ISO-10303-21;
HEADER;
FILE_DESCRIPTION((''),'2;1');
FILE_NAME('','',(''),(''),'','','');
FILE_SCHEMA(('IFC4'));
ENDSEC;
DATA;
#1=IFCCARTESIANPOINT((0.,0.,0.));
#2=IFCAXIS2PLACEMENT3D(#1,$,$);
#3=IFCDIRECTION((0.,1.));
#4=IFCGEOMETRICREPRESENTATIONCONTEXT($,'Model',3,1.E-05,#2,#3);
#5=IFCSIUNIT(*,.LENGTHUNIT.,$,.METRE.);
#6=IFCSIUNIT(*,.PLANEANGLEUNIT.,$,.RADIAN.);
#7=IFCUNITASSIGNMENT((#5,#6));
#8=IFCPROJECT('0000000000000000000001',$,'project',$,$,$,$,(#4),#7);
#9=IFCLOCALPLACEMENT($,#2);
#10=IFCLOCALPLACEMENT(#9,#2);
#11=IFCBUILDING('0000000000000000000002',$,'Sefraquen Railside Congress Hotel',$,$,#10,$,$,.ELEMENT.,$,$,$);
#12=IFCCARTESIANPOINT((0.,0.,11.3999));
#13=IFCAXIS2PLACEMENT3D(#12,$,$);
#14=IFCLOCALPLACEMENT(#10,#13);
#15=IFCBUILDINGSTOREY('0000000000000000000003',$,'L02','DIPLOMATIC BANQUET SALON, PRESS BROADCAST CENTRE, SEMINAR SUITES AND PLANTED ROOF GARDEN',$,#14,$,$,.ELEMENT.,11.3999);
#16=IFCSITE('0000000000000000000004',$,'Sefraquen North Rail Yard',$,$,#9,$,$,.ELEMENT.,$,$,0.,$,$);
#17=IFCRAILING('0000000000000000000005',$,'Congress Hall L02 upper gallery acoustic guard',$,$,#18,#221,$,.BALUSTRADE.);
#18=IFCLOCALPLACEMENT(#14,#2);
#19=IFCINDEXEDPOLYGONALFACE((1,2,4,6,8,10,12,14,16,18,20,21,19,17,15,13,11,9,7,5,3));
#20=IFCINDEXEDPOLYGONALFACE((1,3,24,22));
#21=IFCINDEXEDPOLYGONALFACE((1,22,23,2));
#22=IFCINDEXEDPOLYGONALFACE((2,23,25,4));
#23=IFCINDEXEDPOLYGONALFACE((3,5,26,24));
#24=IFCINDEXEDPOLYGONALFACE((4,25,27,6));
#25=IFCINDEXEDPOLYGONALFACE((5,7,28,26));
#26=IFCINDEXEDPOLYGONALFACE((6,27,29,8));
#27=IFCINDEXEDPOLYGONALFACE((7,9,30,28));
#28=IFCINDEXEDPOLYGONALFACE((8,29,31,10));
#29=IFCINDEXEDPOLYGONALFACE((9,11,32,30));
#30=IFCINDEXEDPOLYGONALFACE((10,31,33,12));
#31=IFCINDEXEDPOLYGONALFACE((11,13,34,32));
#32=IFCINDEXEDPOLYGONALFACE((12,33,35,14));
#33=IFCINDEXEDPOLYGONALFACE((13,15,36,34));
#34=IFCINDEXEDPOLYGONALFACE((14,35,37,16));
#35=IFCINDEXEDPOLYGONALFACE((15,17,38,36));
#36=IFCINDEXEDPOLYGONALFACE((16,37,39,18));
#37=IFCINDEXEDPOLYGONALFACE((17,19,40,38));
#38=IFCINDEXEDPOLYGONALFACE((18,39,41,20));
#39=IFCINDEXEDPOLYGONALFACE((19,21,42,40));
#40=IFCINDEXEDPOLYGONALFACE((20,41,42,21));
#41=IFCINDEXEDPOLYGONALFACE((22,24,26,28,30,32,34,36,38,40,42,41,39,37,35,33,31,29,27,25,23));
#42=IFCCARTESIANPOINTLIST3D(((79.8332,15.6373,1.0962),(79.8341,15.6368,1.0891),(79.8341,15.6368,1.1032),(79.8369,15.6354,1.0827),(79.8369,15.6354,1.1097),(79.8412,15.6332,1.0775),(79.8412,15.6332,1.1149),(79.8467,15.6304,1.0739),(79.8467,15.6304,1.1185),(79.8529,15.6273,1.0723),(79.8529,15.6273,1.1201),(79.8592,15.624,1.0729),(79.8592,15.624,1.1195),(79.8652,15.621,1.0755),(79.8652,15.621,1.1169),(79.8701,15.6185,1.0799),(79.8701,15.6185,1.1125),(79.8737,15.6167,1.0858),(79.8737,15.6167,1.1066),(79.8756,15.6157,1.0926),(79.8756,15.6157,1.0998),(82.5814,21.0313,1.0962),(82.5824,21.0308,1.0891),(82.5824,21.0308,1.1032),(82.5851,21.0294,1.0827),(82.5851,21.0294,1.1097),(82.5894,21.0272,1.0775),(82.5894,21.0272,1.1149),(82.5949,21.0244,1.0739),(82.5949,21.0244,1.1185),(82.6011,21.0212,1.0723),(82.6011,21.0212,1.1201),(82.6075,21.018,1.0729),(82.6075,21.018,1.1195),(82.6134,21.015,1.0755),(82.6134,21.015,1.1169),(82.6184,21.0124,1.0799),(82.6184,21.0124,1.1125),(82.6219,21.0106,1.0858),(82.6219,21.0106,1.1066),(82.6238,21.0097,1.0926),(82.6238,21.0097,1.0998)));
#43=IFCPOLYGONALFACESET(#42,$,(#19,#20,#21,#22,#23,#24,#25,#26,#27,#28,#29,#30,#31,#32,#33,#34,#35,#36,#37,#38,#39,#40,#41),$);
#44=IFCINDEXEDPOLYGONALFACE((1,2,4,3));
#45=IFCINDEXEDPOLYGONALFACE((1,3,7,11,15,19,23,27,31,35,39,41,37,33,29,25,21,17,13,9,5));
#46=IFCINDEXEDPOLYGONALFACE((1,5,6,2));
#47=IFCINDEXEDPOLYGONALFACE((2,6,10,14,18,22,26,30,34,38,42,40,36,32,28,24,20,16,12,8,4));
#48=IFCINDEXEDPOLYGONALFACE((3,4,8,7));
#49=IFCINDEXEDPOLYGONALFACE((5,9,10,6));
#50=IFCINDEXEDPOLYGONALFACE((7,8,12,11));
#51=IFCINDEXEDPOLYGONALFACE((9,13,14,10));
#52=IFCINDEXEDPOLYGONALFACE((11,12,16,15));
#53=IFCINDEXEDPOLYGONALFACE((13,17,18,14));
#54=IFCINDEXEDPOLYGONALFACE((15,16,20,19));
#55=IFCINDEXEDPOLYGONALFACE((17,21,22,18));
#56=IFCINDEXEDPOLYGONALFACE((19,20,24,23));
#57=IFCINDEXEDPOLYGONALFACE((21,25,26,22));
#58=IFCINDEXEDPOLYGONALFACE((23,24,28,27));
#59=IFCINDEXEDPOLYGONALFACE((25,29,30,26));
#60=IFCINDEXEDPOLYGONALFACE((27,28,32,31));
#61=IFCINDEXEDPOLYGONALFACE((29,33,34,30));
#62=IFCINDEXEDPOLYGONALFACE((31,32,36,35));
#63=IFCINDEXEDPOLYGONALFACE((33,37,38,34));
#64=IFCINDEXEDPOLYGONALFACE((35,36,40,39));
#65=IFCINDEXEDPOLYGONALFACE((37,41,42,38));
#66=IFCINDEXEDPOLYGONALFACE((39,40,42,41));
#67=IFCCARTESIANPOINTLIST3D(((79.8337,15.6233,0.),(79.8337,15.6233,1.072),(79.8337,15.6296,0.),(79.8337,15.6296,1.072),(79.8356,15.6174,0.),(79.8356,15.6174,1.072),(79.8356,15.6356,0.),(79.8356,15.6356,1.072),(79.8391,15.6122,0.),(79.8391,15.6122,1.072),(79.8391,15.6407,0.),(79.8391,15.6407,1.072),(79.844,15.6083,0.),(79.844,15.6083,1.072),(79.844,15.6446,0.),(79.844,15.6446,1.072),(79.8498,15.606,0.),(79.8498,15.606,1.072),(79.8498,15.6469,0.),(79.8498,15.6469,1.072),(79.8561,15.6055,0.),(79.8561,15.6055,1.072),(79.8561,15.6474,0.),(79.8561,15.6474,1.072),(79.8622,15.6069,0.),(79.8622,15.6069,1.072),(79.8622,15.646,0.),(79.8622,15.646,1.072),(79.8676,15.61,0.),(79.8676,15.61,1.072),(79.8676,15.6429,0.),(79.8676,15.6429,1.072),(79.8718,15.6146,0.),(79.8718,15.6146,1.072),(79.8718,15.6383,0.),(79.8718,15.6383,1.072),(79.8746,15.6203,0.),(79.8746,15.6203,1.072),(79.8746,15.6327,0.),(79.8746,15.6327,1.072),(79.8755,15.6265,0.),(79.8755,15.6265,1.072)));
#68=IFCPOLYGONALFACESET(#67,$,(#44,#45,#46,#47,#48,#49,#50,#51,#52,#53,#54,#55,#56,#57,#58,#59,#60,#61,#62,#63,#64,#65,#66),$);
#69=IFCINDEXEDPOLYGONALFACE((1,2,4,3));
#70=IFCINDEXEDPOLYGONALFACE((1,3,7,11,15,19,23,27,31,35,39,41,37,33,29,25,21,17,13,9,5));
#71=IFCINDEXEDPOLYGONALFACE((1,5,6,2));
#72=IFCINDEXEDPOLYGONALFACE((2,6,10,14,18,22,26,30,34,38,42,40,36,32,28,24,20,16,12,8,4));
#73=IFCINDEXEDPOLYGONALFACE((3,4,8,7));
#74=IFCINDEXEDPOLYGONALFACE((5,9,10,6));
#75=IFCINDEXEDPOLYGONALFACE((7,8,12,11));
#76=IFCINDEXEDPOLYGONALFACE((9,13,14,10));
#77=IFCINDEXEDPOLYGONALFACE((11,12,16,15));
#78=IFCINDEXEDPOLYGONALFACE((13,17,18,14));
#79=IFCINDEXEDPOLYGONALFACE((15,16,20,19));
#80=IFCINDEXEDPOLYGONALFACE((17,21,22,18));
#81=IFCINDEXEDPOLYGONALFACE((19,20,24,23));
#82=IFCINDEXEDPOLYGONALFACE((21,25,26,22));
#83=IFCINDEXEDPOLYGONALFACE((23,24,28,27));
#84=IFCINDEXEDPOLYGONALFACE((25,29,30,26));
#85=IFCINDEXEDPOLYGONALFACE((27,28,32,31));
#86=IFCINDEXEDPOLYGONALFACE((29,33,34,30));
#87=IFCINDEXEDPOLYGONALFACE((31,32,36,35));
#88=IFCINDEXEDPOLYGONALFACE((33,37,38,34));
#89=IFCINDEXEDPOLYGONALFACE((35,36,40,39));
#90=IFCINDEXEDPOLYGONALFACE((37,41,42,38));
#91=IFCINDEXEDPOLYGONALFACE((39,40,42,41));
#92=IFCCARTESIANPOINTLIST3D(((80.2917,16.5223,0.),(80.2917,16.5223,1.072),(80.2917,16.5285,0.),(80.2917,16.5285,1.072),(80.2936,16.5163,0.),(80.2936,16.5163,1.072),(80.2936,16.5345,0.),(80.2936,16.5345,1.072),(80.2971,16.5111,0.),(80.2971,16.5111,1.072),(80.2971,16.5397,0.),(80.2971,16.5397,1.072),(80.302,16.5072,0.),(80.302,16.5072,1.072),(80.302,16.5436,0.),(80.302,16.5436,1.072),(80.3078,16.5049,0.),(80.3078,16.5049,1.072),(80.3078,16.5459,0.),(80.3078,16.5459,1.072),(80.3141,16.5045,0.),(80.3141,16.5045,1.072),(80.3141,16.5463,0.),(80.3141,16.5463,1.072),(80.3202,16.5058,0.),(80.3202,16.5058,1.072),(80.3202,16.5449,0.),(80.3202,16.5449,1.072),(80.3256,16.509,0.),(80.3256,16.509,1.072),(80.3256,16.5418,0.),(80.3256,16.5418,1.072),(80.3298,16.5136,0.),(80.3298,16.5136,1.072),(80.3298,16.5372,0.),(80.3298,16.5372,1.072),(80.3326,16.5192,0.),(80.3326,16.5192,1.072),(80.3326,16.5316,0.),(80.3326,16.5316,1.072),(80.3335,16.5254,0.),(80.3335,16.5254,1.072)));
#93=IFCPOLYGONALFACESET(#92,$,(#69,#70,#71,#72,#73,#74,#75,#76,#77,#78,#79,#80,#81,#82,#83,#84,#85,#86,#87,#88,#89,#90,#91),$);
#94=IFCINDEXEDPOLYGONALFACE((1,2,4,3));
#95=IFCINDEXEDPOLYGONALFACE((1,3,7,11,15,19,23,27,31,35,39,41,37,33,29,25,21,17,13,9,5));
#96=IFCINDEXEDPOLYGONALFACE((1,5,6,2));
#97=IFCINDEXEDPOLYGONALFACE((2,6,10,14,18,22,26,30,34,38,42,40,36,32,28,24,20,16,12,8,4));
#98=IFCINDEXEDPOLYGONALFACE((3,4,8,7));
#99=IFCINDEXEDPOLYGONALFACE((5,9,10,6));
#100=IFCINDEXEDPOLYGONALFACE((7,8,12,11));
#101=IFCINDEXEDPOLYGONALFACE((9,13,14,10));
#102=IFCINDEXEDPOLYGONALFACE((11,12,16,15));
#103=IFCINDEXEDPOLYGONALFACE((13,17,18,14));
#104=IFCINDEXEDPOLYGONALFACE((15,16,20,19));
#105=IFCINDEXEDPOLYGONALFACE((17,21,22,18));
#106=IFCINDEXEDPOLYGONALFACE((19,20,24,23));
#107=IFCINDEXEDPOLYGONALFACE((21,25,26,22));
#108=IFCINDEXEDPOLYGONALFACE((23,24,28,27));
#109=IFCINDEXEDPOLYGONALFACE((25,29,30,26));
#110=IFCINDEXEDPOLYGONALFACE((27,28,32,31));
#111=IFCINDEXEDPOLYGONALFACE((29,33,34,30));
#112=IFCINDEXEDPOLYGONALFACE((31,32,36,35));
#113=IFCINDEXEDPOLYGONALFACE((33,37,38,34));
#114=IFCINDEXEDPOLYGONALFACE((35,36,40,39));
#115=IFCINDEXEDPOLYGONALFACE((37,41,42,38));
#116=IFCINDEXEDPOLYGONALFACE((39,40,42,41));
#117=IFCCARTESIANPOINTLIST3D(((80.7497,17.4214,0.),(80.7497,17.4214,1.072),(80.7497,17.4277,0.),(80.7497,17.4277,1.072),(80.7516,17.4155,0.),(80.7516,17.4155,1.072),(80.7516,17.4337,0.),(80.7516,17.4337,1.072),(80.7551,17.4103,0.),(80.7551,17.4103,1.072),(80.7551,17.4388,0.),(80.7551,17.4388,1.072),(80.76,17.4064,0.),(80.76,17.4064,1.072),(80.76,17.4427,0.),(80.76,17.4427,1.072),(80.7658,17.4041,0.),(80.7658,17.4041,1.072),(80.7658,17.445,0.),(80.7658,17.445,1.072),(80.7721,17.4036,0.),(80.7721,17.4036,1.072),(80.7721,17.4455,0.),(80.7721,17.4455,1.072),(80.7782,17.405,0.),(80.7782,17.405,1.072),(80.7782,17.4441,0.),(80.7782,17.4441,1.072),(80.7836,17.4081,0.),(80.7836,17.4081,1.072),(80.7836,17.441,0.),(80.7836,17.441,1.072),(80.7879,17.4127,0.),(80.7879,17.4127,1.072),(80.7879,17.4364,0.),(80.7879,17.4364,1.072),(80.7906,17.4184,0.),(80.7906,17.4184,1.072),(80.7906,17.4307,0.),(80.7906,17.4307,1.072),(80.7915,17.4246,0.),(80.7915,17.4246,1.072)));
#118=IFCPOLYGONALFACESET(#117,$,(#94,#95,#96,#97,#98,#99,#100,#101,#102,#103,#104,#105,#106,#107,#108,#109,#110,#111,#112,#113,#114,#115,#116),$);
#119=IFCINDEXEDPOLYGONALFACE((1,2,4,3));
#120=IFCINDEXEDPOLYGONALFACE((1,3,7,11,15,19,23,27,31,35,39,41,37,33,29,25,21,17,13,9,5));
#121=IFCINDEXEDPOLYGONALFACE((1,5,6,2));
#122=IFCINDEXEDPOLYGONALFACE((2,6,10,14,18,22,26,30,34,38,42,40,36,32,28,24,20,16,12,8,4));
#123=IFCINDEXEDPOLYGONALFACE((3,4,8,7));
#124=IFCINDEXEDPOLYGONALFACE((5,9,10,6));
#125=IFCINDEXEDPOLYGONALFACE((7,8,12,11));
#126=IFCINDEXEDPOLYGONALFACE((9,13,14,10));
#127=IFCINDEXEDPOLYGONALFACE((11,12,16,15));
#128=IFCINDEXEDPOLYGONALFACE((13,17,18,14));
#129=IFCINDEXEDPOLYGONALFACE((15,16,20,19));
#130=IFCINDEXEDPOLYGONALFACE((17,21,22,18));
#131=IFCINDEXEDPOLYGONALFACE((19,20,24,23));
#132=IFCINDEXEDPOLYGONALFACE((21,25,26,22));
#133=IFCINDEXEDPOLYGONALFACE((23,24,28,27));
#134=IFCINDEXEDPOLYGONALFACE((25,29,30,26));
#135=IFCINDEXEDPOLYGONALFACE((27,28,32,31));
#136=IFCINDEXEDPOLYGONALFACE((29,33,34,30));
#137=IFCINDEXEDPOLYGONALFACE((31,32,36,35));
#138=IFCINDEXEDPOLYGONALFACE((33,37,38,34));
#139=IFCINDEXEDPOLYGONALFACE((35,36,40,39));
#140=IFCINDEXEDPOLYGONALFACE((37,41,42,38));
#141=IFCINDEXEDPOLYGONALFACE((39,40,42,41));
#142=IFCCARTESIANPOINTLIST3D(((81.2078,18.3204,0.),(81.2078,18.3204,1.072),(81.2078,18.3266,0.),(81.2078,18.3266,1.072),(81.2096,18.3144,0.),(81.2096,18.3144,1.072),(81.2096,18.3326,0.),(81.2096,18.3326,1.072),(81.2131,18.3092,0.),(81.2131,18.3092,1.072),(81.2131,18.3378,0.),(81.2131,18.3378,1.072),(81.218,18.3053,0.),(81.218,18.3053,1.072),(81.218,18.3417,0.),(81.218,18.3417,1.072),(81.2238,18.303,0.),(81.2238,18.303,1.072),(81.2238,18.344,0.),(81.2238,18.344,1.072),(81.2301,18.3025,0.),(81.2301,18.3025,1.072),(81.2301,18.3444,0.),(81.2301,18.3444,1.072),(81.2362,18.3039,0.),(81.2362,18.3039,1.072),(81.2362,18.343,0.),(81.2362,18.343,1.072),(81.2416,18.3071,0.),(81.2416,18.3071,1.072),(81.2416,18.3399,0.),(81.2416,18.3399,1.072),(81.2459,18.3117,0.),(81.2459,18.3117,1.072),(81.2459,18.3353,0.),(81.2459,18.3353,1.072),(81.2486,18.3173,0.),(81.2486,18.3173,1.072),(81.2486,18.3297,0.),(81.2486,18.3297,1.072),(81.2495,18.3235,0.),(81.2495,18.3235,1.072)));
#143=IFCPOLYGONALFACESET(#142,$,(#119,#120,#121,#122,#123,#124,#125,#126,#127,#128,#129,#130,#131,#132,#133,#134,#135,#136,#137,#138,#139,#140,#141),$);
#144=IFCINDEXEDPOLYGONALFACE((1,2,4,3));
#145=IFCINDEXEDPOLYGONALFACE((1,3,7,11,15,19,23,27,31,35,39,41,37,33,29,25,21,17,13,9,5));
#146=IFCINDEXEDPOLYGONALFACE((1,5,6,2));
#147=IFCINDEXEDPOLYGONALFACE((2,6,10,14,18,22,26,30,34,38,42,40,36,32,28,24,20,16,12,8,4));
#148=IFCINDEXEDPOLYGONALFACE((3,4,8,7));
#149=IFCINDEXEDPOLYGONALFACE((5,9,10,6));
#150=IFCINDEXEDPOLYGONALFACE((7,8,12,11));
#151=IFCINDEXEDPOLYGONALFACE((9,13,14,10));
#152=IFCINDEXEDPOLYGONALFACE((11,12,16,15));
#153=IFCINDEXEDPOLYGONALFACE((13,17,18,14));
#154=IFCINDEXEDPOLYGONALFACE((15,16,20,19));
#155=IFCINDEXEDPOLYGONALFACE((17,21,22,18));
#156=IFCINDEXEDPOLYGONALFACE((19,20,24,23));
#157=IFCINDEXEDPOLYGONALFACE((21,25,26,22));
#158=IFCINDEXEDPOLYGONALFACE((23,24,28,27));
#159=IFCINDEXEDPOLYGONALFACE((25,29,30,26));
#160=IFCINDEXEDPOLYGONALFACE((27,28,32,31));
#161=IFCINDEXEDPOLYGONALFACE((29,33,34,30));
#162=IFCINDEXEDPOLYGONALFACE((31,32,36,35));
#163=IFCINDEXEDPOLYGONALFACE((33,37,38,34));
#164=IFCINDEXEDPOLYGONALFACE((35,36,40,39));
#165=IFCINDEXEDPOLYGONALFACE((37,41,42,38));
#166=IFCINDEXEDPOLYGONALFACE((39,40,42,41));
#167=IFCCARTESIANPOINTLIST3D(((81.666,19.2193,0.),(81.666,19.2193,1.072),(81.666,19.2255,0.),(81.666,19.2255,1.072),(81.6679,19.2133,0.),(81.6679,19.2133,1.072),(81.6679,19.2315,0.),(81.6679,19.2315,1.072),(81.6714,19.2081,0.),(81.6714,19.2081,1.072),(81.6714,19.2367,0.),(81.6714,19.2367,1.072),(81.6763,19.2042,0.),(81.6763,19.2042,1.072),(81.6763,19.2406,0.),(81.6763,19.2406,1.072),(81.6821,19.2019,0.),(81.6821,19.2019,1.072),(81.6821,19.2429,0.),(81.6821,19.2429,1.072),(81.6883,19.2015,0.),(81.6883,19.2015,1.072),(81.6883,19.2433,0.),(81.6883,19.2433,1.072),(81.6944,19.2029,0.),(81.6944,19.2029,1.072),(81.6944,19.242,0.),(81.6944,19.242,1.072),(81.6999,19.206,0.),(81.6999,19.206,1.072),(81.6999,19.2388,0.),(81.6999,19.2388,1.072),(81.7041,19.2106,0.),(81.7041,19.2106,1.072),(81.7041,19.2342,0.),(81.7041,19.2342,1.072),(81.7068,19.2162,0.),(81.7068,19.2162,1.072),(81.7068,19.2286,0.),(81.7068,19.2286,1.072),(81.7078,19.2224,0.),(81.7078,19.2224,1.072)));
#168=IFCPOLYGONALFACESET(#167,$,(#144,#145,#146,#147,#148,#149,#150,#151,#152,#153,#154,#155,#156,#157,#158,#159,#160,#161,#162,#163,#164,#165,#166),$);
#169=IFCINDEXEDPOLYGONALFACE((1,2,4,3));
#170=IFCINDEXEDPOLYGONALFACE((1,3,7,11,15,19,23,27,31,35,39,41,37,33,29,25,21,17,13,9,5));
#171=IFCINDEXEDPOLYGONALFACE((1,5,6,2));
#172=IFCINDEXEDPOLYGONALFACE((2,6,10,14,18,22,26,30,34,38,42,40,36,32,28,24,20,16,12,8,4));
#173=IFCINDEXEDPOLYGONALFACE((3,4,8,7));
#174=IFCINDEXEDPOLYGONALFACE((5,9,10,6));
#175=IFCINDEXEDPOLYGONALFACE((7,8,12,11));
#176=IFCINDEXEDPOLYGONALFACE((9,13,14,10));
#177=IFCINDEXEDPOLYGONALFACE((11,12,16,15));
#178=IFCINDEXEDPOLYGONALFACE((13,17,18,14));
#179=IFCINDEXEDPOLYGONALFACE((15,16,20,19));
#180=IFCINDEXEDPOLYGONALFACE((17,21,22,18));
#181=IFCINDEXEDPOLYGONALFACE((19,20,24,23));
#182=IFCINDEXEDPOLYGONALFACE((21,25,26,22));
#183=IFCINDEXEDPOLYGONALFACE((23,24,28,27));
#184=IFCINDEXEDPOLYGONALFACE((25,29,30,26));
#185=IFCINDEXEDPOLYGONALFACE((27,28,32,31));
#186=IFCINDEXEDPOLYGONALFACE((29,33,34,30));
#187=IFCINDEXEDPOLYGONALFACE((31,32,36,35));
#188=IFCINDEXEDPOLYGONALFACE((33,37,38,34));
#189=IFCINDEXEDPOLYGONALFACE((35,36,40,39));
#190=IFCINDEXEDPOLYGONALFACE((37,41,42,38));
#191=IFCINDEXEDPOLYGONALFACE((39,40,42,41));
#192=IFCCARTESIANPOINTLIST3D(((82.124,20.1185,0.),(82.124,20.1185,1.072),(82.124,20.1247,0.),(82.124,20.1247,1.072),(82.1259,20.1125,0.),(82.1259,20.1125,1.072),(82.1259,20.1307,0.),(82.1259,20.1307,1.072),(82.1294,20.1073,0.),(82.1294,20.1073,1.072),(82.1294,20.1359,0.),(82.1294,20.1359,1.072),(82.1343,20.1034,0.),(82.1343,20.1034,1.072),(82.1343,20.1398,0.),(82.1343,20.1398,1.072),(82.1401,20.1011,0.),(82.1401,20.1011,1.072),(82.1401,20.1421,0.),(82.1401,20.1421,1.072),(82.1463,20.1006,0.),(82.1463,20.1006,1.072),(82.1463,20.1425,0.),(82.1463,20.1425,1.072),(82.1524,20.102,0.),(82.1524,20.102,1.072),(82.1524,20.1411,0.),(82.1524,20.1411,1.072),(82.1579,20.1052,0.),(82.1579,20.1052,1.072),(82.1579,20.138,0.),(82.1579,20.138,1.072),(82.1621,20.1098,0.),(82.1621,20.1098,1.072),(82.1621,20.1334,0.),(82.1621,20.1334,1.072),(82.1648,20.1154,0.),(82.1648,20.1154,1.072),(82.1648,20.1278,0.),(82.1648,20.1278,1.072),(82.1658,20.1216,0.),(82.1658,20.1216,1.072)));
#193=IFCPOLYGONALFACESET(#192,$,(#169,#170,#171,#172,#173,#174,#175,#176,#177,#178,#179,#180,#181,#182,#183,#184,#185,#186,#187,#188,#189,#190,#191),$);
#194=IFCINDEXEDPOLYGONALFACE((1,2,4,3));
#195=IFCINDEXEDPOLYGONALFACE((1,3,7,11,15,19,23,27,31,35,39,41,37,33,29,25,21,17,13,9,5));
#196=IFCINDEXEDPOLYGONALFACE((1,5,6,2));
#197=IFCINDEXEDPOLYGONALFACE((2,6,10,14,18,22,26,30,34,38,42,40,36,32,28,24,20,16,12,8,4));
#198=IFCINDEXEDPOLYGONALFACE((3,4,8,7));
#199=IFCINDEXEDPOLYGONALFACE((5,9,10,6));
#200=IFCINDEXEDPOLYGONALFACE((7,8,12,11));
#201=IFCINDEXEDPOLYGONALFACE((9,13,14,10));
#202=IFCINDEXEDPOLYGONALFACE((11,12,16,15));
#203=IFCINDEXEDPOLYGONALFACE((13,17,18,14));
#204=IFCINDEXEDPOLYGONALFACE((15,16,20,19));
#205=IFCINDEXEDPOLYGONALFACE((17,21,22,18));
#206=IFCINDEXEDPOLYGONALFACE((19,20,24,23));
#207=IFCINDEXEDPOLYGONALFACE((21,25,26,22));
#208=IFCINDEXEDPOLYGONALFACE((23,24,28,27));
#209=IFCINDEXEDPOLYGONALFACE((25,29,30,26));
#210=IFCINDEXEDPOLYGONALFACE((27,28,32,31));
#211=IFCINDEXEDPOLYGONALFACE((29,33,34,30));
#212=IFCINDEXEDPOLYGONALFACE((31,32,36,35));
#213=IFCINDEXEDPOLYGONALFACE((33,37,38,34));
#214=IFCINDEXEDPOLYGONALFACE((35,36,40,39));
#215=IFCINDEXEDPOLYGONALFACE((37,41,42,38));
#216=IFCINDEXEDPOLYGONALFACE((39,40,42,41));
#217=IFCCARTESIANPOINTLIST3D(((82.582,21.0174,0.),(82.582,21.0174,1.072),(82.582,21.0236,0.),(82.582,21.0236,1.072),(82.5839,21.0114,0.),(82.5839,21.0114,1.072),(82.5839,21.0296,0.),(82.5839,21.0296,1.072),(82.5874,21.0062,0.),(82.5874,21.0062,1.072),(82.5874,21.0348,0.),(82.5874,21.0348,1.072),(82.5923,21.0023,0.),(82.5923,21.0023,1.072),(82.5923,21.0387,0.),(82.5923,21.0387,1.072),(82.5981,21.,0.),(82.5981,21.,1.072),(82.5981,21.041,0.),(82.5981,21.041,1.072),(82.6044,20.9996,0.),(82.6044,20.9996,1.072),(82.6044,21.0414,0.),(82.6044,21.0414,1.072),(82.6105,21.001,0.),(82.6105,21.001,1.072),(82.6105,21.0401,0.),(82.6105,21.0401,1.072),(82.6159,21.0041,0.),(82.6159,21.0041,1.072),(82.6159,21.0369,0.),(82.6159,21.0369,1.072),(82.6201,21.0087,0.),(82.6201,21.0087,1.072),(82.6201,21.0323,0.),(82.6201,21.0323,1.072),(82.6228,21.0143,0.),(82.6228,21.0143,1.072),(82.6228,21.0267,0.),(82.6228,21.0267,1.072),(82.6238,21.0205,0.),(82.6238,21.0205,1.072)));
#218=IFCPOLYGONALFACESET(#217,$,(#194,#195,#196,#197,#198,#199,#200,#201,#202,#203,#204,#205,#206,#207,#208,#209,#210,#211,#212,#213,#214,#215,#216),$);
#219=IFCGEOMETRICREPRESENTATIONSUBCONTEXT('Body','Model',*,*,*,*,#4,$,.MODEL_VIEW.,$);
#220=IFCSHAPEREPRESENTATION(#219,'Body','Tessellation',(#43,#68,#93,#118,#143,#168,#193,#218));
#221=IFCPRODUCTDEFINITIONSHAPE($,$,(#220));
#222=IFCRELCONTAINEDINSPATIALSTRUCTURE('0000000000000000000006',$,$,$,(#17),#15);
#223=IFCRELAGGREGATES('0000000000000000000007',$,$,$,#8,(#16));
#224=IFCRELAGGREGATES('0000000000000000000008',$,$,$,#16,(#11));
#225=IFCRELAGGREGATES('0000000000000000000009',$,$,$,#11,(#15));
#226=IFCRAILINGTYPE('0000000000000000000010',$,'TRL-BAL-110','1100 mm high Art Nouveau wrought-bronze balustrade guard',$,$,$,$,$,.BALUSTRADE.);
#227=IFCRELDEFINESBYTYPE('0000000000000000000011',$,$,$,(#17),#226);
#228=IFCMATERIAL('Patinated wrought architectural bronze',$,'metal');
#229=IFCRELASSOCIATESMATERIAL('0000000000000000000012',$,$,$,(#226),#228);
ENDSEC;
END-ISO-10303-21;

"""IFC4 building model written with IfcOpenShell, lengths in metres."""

from ifc_helpers import new_model, si_unit, direction, frame, origin, origin_2d, place, context, subcontext, project, spatial, circle, extrude, material, type_object, element, save


model = new_model("IFC4")

# Units and contexts
model_context = context("Model", 3, precision=1e-05, world=origin(), true_north=direction((0.0, 1.0)))
body_context = subcontext(model_context, "Body", "Model", "MODEL_VIEW")
ifc_project = project(units=[si_unit("LENGTHUNIT", "METRE"), si_unit("PLANEANGLEUNIT", "RADIAN")], contexts=[model_context])

# Site, building, storey
site_placement = place(None, origin())
site = spatial("IfcSite", under=ifc_project, at=site_placement, Name="Sefraquen North Rail Yard", CompositionType="ELEMENT", RefElevation=0.0)
building_placement = place(site_placement, origin())
building = spatial("IfcBuilding", under=site, at=building_placement, Name="Sefraquen Railside Congress Hotel", CompositionType="ELEMENT")
storey_placement = place(building_placement, frame((0.0, 0.0, 11.3999)))
storey = spatial("IfcBuildingStorey", under=building, at=storey_placement, Name="L02", Description="DIPLOMATIC BANQUET SALON, PRESS BROADCAST CENTRE, SEMINAR SUITES AND PLANTED ROOF GARDEN", CompositionType="ELEMENT", Elevation=11.3999)

# Railing
ifc_material_1 = material(Name="Patinated wrought architectural bronze", Category="metal")
railing_type = type_object("IfcRailingType", Name="TRL-BAL-110", Description="1100 mm high Art Nouveau wrought-bronze balustrade guard", PredefinedType="BALUSTRADE", material=ifc_material_1)
railing_1_placement = place(storey_placement, frame((79.8545, 15.6265, 0.0)))
element("IfcRailing", 1, at=railing_1_placement, inside=storey, type_object=railing_type, Name="Congress Hall L02 upper gallery acoustic guard", PredefinedType="BALUSTRADE", context=body_context, shape_type="SweptSolid", body=[
    extrude(circle(Radius=0.0239, at=origin_2d()), frame((0.0, 0.0, 1.0962), z_axis=(0.453976, 0.891014, 0.0), x_axis=(-0.891014, 0.453976, 0.0)), (0.0, 0.0, 1.0), 6.0537),
    extrude(circle(Radius=0.021, at=origin_2d()), origin(), (0.0, 0.0, 1.0), 1.072),
    extrude(circle(Radius=0.021, at=origin_2d()), frame((0.458, 0.8989, 0.0)), (0.0, 0.0, 1.0), 1.072),
    extrude(circle(Radius=0.021, at=origin_2d()), frame((0.916, 1.7981, 0.0)), (0.0, 0.0, 1.0), 1.072),
    extrude(circle(Radius=0.021, at=origin_2d()), frame((1.374, 2.697, 0.0)), (0.0, 0.0, 1.0), 1.072),
    extrude(circle(Radius=0.021, at=origin_2d()), frame((1.8323, 3.5959, 0.0)), (0.0, 0.0, 1.0), 1.072),
    extrude(circle(Radius=0.021, at=origin_2d()), frame((2.2903, 4.4951, 0.0)), (0.0, 0.0, 1.0), 1.072),
    extrude(circle(Radius=0.021, at=origin_2d()), frame((2.7483, 5.394, 0.0)), (0.0, 0.0, 1.0), 1.072),
])

save(model, "model.ifc")
